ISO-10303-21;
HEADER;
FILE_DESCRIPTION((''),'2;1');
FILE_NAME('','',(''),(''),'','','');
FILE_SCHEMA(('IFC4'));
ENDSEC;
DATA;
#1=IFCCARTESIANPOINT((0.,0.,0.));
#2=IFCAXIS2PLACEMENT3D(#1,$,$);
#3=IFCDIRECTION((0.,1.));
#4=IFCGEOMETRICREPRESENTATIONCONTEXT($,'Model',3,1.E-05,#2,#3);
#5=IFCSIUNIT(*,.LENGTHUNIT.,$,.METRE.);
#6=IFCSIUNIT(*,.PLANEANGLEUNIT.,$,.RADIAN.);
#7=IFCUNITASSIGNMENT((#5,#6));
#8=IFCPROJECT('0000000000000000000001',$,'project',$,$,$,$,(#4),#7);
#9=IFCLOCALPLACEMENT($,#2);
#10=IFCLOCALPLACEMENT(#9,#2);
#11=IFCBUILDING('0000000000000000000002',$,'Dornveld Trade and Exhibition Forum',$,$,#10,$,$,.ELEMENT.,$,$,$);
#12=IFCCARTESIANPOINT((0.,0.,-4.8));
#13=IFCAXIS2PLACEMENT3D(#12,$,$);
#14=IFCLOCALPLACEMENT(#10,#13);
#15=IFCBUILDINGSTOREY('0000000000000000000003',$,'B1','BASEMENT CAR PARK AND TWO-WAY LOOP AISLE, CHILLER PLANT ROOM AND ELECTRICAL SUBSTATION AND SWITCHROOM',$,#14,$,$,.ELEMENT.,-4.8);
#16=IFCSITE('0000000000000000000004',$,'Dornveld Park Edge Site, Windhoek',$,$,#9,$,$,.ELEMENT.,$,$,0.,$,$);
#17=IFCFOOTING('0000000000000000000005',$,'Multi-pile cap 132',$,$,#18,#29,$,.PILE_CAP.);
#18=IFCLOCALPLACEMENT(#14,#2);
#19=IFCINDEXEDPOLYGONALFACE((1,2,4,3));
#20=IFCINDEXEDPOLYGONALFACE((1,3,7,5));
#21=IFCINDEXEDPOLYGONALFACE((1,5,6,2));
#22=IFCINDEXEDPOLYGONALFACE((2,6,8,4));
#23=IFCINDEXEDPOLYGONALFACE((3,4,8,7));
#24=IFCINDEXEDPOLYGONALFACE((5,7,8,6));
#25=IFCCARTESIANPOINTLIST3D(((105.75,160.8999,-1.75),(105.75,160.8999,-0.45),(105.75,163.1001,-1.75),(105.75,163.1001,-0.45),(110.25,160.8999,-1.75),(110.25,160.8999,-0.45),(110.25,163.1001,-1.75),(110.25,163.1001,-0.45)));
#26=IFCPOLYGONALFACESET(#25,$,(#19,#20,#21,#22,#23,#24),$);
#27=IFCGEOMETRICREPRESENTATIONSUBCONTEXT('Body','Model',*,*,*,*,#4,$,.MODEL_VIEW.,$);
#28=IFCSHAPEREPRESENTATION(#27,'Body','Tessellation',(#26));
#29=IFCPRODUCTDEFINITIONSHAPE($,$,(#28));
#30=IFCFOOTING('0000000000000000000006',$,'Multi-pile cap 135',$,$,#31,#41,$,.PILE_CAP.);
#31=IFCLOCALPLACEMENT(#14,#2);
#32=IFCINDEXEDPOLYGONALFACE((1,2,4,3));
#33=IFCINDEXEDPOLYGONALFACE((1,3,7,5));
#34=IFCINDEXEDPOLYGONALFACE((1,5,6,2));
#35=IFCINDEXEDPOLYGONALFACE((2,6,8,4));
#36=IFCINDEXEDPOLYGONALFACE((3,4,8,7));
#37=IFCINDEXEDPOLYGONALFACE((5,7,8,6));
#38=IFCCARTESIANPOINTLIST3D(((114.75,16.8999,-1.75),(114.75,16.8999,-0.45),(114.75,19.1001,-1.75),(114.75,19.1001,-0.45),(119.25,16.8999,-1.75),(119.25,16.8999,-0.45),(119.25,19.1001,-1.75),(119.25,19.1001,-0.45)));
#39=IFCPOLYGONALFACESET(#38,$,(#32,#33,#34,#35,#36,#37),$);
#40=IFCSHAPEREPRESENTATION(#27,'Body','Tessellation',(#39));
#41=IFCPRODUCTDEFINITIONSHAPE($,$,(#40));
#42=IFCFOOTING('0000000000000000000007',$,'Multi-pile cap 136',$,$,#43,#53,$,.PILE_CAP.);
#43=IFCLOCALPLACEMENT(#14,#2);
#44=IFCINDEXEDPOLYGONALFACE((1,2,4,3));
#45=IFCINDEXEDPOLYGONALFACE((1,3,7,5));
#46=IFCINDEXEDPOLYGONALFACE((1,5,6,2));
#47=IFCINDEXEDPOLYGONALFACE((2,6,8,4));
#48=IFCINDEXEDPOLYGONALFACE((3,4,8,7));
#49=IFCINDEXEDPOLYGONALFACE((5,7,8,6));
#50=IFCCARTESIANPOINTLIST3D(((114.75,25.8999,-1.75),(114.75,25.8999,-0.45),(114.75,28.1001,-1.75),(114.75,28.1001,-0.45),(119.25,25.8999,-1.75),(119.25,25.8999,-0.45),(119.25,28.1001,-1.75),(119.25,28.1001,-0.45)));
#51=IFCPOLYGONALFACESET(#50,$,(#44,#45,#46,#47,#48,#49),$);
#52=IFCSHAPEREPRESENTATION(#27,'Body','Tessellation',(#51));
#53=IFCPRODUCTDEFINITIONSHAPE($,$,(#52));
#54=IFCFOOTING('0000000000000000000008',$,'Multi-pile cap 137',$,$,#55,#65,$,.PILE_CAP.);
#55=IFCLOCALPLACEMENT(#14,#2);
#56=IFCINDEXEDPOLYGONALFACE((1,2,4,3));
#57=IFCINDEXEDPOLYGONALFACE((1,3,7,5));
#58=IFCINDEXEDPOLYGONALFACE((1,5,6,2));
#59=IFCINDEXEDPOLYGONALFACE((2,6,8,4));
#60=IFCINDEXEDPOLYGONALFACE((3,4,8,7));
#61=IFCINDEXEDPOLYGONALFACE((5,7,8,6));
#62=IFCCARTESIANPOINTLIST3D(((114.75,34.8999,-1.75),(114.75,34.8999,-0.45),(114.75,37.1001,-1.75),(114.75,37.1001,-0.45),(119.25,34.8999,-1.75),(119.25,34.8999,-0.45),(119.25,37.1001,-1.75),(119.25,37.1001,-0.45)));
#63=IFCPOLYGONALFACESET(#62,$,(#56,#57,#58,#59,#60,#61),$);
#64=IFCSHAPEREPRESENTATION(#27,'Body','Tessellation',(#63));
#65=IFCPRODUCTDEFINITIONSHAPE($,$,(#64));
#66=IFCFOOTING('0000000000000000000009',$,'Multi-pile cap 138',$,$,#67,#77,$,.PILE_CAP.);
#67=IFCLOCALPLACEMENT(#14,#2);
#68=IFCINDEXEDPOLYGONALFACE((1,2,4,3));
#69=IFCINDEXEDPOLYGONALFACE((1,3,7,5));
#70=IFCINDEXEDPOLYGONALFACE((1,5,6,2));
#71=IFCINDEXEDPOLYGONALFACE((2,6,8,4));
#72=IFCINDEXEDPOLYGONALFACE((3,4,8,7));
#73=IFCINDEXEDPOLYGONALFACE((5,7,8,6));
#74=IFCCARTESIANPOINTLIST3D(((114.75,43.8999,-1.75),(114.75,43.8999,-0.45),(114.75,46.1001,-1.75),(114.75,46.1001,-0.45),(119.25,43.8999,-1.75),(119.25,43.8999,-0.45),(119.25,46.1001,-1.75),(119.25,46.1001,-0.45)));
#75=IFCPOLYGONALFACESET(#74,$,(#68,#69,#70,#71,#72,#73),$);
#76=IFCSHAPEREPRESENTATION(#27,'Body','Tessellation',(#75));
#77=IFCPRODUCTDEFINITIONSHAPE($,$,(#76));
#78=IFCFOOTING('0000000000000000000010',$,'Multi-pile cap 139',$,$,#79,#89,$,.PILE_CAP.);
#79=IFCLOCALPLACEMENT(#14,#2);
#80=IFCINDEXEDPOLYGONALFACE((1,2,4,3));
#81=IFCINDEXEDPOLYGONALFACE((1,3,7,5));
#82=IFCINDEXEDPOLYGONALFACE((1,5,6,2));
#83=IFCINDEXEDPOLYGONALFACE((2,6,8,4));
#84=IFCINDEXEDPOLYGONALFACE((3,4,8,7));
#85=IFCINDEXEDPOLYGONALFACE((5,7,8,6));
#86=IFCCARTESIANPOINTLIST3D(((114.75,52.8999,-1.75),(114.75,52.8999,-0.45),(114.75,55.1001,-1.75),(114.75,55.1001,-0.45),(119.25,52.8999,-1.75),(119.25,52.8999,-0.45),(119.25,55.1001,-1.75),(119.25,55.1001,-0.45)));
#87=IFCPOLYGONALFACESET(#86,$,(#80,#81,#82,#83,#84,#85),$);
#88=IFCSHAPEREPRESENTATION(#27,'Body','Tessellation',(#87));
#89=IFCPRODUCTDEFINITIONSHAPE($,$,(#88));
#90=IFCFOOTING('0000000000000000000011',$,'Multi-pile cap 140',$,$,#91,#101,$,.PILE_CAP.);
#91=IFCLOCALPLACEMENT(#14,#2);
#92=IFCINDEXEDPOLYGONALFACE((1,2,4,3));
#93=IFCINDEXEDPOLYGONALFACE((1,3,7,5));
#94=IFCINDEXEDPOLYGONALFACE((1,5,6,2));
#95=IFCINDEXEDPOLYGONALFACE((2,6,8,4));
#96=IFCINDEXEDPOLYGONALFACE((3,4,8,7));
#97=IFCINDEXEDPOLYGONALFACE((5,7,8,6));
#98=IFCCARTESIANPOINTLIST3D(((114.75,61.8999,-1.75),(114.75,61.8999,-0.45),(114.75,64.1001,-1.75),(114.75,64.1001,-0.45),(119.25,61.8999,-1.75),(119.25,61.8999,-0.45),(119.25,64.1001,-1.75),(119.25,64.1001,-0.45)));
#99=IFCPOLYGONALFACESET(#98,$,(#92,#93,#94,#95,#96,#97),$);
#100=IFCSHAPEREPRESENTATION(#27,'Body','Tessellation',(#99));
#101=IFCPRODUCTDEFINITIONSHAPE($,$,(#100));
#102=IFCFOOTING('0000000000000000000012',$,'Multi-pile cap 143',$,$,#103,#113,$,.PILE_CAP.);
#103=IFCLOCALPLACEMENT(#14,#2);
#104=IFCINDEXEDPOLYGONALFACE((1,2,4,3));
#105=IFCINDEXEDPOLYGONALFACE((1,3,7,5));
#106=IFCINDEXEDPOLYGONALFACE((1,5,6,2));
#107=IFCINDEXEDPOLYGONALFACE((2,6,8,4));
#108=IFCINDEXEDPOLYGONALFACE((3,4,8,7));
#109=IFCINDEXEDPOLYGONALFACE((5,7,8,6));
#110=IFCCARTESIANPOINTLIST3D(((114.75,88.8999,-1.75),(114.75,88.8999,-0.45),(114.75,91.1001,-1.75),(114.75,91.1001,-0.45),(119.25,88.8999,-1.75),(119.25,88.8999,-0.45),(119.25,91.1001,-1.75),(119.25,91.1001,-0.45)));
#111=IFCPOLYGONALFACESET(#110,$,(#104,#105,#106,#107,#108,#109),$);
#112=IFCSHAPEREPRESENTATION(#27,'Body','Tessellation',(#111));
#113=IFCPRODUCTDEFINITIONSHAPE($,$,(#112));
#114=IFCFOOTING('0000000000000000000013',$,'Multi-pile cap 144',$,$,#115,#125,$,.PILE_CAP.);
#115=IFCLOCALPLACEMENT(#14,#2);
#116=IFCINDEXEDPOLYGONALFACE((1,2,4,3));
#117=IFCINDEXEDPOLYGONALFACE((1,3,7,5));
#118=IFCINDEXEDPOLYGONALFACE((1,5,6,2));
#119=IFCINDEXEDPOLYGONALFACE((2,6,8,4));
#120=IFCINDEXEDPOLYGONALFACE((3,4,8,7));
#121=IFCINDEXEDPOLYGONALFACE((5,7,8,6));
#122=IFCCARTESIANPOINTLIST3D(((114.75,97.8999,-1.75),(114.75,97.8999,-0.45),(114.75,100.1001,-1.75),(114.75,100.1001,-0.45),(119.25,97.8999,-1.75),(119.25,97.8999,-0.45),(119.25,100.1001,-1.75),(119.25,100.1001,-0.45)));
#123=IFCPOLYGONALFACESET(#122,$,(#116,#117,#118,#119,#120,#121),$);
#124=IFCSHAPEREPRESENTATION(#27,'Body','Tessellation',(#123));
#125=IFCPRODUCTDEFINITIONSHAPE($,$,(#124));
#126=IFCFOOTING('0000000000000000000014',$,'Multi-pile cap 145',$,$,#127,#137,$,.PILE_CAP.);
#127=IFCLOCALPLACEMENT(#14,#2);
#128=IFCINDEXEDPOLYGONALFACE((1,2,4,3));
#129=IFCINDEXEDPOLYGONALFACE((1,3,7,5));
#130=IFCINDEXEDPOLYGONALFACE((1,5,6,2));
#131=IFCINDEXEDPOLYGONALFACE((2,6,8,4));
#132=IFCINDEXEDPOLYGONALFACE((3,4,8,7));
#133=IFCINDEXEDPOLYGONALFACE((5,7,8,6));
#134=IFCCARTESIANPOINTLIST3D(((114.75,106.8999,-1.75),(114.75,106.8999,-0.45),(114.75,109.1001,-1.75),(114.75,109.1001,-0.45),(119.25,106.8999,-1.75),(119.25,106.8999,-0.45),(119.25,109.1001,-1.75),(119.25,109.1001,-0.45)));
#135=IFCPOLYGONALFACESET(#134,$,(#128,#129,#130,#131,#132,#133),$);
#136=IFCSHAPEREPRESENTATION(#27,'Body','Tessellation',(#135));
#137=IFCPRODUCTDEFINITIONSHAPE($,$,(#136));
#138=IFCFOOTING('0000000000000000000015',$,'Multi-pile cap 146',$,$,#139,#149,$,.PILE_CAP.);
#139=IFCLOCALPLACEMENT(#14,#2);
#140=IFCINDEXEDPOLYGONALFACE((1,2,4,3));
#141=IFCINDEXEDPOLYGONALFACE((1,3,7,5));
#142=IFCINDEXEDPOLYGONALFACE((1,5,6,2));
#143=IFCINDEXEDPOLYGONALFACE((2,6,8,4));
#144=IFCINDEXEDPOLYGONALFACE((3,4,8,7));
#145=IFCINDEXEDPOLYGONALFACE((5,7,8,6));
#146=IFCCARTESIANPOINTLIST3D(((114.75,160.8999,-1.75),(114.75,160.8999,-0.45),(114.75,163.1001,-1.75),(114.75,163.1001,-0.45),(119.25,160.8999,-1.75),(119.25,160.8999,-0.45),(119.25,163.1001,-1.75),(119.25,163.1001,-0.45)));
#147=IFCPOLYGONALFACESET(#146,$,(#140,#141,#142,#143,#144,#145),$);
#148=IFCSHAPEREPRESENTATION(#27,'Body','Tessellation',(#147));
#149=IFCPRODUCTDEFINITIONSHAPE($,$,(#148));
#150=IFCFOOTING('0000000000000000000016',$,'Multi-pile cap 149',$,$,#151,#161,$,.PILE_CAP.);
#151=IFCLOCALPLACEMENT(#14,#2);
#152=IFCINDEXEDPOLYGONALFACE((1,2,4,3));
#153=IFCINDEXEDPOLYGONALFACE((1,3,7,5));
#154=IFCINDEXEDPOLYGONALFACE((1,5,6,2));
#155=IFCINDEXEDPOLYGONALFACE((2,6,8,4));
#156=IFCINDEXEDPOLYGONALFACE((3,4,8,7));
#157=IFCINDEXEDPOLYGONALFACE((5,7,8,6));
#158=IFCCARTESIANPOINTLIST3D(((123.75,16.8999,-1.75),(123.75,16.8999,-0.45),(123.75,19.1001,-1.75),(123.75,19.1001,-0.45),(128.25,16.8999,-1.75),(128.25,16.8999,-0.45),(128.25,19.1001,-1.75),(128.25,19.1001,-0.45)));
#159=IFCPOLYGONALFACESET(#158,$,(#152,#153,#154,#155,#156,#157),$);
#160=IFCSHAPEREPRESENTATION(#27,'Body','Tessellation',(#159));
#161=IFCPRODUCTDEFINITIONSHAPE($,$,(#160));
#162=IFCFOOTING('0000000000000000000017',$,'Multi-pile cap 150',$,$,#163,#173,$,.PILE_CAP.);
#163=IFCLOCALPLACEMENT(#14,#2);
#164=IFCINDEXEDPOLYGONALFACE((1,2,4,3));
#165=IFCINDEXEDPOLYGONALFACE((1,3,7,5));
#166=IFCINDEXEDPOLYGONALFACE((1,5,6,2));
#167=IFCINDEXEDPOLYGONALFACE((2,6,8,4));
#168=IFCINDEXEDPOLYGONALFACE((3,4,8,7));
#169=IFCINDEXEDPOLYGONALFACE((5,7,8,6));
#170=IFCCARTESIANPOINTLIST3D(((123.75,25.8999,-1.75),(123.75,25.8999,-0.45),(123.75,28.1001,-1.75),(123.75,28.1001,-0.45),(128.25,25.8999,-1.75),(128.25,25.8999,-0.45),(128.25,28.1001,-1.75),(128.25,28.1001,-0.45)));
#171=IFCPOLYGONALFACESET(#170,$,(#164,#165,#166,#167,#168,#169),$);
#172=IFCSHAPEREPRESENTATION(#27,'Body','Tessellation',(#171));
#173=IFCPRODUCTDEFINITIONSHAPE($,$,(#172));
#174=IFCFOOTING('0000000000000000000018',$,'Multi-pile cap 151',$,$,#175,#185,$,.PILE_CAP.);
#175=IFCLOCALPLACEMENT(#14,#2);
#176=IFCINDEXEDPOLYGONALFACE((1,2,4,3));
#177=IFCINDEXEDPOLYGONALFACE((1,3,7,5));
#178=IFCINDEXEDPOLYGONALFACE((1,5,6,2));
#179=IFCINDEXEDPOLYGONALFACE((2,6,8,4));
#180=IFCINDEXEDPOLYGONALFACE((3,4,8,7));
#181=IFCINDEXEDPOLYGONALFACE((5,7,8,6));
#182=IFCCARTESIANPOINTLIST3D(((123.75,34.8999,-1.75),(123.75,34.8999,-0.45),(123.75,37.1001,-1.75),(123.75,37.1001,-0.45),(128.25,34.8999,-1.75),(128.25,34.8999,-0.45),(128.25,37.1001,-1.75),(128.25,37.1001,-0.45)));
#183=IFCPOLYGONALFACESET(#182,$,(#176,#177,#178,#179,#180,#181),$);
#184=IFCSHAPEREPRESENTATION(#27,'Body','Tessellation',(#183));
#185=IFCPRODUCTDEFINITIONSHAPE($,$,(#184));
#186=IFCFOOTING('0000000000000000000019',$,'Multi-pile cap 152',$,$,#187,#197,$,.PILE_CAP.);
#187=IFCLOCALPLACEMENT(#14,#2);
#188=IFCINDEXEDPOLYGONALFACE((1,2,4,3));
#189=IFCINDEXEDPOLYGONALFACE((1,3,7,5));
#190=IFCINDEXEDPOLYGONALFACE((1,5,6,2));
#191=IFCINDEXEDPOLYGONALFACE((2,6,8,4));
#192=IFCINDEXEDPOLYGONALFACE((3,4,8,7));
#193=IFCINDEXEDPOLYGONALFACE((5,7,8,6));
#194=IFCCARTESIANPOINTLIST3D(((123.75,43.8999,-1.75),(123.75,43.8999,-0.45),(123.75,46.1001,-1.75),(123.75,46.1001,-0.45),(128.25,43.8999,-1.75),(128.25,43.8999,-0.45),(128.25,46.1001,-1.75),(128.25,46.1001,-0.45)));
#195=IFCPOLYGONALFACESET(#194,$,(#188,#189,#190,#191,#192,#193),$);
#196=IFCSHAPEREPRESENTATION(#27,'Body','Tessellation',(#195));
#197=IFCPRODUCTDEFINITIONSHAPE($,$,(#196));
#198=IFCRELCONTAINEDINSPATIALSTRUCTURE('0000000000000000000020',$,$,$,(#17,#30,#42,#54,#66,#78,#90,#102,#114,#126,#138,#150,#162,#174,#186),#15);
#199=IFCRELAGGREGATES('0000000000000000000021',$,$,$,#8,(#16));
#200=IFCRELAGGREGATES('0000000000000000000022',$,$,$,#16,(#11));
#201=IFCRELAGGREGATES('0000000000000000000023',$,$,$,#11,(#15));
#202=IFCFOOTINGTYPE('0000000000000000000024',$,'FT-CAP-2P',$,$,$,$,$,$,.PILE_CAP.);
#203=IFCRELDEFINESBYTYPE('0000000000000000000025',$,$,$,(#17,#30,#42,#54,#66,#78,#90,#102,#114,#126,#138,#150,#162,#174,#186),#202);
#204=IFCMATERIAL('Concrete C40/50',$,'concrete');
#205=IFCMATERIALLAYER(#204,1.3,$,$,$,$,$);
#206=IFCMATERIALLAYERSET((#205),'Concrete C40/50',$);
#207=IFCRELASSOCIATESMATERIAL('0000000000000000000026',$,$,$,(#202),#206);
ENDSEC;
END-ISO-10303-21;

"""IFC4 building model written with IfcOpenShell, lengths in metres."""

from ifc_helpers import new_model, si_unit, direction, frame, origin, place, context, subcontext, project, spatial, polyline, outline, extrude, material, layer, layer_set, type_object, element, save


model = new_model("IFC4")

# Units and contexts
model_context = context("Model", 3, precision=1e-05, world=origin(), true_north=direction((0.0, 1.0)))
body_context = subcontext(model_context, "Body", "Model", "MODEL_VIEW")
ifc_project = project(units=[si_unit("LENGTHUNIT", "METRE"), si_unit("PLANEANGLEUNIT", "RADIAN")], contexts=[model_context])

# Site, building, storey
site_placement = place(None, origin())
site = spatial("IfcSite", under=ifc_project, at=site_placement, Name="Dornveld Park Edge Site, Windhoek", CompositionType="ELEMENT", RefElevation=0.0)
building_placement = place(site_placement, origin())
building = spatial("IfcBuilding", under=site, at=building_placement, Name="Dornveld Trade and Exhibition Forum", CompositionType="ELEMENT")
storey_placement = place(building_placement, frame((0.0, 0.0, -4.8)))
storey = spatial("IfcBuildingStorey", under=building, at=storey_placement, Name="B1", Description="BASEMENT CAR PARK AND TWO-WAY LOOP AISLE, CHILLER PLANT ROOM AND ELECTRICAL SUBSTATION AND SWITCHROOM", CompositionType="ELEMENT", Elevation=-4.8)

# Footings
ifc_material = material(Name="Concrete C40/50", Category="concrete")
ifc_layer = layer(ifc_material, 1.3)
ifc_layer_set = layer_set([ifc_layer], Name="Concrete C40/50")
footing_type = type_object("IfcFootingType", Name="FT-CAP-2P", PredefinedType="PILE_CAP", material=ifc_layer_set)
footing_1_placement = place(storey_placement, frame((0.0, 0.0, -1.75)))
element("IfcFooting", 1, at=footing_1_placement, inside=storey, type_object=footing_type, Name="Multi-pile cap 132", PredefinedType="PILE_CAP", context=body_context, shape_type="SweptSolid", body=[
    extrude(outline(polyline([(105.75, 160.8999), (110.25, 160.8999), (110.25, 163.1001), (105.75, 163.1001), (105.75, 160.8999)])), origin(), (0.0, 0.0, 1.0), 1.3),
])
footing_2_placement = place(storey_placement, frame((0.0, 0.0, -1.75)))
element("IfcFooting", 2, at=footing_2_placement, inside=storey, type_object=footing_type, Name="Multi-pile cap 135", PredefinedType="PILE_CAP", context=body_context, shape_type="SweptSolid", body=[
    extrude(outline(polyline([(114.75, 16.8999), (119.25, 16.8999), (119.25, 19.1001), (114.75, 19.1001), (114.75, 16.8999)])), origin(), (0.0, 0.0, 1.0), 1.3),
])
footing_3_placement = place(storey_placement, frame((0.0, 0.0, -1.75)))
element("IfcFooting", 3, at=footing_3_placement, inside=storey, type_object=footing_type, Name="Multi-pile cap 136", PredefinedType="PILE_CAP", context=body_context, shape_type="SweptSolid", body=[
    extrude(outline(polyline([(114.75, 25.8999), (119.25, 25.8999), (119.25, 28.1001), (114.75, 28.1001), (114.75, 25.8999)])), origin(), (0.0, 0.0, 1.0), 1.3),
])
footing_4_placement = place(storey_placement, frame((0.0, 0.0, -1.75)))
element("IfcFooting", 4, at=footing_4_placement, inside=storey, type_object=footing_type, Name="Multi-pile cap 137", PredefinedType="PILE_CAP", context=body_context, shape_type="SweptSolid", body=[
    extrude(outline(polyline([(114.75, 34.8999), (119.25, 34.8999), (119.25, 37.1001), (114.75, 37.1001), (114.75, 34.8999)])), origin(), (0.0, 0.0, 1.0), 1.3),
])
footing_5_placement = place(storey_placement, frame((0.0, 0.0, -1.75)))
element("IfcFooting", 5, at=footing_5_placement, inside=storey, type_object=footing_type, Name="Multi-pile cap 138", PredefinedType="PILE_CAP", context=body_context, shape_type="SweptSolid", body=[
    extrude(outline(polyline([(114.75, 43.8999), (119.25, 43.8999), (119.25, 46.1001), (114.75, 46.1001), (114.75, 43.8999)])), origin(), (0.0, 0.0, 1.0), 1.3),
])
footing_6_placement = place(storey_placement, frame((0.0, 0.0, -1.75)))
element("IfcFooting", 6, at=footing_6_placement, inside=storey, type_object=footing_type, Name="Multi-pile cap 139", PredefinedType="PILE_CAP", context=body_context, shape_type="SweptSolid", body=[
    extrude(outline(polyline([(114.75, 52.8999), (119.25, 52.8999), (119.25, 55.1001), (114.75, 55.1001), (114.75, 52.8999)])), origin(), (0.0, 0.0, 1.0), 1.3),
])
footing_7_placement = place(storey_placement, frame((0.0, 0.0, -1.75)))
element("IfcFooting", 7, at=footing_7_placement, inside=storey, type_object=footing_type, Name="Multi-pile cap 140", PredefinedType="PILE_CAP", context=body_context, shape_type="SweptSolid", body=[
    extrude(outline(polyline([(114.75, 61.8999), (119.25, 61.8999), (119.25, 64.1001), (114.75, 64.1001), (114.75, 61.8999)])), origin(), (0.0, 0.0, 1.0), 1.3),
])
footing_8_placement = place(storey_placement, frame((0.0, 0.0, -1.75)))
element("IfcFooting", 8, at=footing_8_placement, inside=storey, type_object=footing_type, Name="Multi-pile cap 143", PredefinedType="PILE_CAP", context=body_context, shape_type="SweptSolid", body=[
    extrude(outline(polyline([(114.75, 88.8999), (119.25, 88.8999), (119.25, 91.1001), (114.75, 91.1001), (114.75, 88.8999)])), origin(), (0.0, 0.0, 1.0), 1.3),
])
footing_9_placement = place(storey_placement, frame((0.0, 0.0, -1.75)))
element("IfcFooting", 9, at=footing_9_placement, inside=storey, type_object=footing_type, Name="Multi-pile cap 144", PredefinedType="PILE_CAP", context=body_context, shape_type="SweptSolid", body=[
    extrude(outline(polyline([(114.75, 97.8999), (119.25, 97.8999), (119.25, 100.1001), (114.75, 100.1001), (114.75, 97.8999)])), origin(), (0.0, 0.0, 1.0), 1.3),
])
footing_10_placement = place(storey_placement, frame((0.0, 0.0, -1.75)))
element("IfcFooting", 10, at=footing_10_placement, inside=storey, type_object=footing_type, Name="Multi-pile cap 145", PredefinedType="PILE_CAP", context=body_context, shape_type="SweptSolid", body=[
    extrude(outline(polyline([(114.75, 106.8999), (119.25, 106.8999), (119.25, 109.1001), (114.75, 109.1001), (114.75, 106.8999)])), origin(), (0.0, 0.0, 1.0), 1.3),
])
footing_11_placement = place(storey_placement, frame((0.0, 0.0, -1.75)))
element("IfcFooting", 11, at=footing_11_placement, inside=storey, type_object=footing_type, Name="Multi-pile cap 146", PredefinedType="PILE_CAP", context=body_context, shape_type="SweptSolid", body=[
    extrude(outline(polyline([(114.75, 160.8999), (119.25, 160.8999), (119.25, 163.1001), (114.75, 163.1001), (114.75, 160.8999)])), origin(), (0.0, 0.0, 1.0), 1.3),
])
footing_12_placement = place(storey_placement, frame((0.0, 0.0, -1.75)))
element("IfcFooting", 12, at=footing_12_placement, inside=storey, type_object=footing_type, Name="Multi-pile cap 149", PredefinedType="PILE_CAP", context=body_context, shape_type="SweptSolid", body=[
    extrude(outline(polyline([(123.75, 16.8999), (128.25, 16.8999), (128.25, 19.1001), (123.75, 19.1001), (123.75, 16.8999)])), origin(), (0.0, 0.0, 1.0), 1.3),
])
footing_13_placement = place(storey_placement, frame((0.0, 0.0, -1.75)))
element("IfcFooting", 13, at=footing_13_placement, inside=storey, type_object=footing_type, Name="Multi-pile cap 150", PredefinedType="PILE_CAP", context=body_context, shape_type="SweptSolid", body=[
    extrude(outline(polyline([(123.75, 25.8999), (128.25, 25.8999), (128.25, 28.1001), (123.75, 28.1001), (123.75, 25.8999)])), origin(), (0.0, 0.0, 1.0), 1.3),
])
footing_14_placement = place(storey_placement, frame((0.0, 0.0, -1.75)))
element("IfcFooting", 14, at=footing_14_placement, inside=storey, type_object=footing_type, Name="Multi-pile cap 151", PredefinedType="PILE_CAP", context=body_context, shape_type="SweptSolid", body=[
    extrude(outline(polyline([(123.75, 34.8999), (128.25, 34.8999), (128.25, 37.1001), (123.75, 37.1001), (123.75, 34.8999)])), origin(), (0.0, 0.0, 1.0), 1.3),
])
footing_15_placement = place(storey_placement, frame((0.0, 0.0, -1.75)))
element("IfcFooting", 15, at=footing_15_placement, inside=storey, type_object=footing_type, Name="Multi-pile cap 152", PredefinedType="PILE_CAP", context=body_context, shape_type="SweptSolid", body=[
    extrude(outline(polyline([(123.75, 43.8999), (128.25, 43.8999), (128.25, 46.1001), (123.75, 46.1001), (123.75, 43.8999)])), origin(), (0.0, 0.0, 1.0), 1.3),
])

save(model, "model.ifc")
